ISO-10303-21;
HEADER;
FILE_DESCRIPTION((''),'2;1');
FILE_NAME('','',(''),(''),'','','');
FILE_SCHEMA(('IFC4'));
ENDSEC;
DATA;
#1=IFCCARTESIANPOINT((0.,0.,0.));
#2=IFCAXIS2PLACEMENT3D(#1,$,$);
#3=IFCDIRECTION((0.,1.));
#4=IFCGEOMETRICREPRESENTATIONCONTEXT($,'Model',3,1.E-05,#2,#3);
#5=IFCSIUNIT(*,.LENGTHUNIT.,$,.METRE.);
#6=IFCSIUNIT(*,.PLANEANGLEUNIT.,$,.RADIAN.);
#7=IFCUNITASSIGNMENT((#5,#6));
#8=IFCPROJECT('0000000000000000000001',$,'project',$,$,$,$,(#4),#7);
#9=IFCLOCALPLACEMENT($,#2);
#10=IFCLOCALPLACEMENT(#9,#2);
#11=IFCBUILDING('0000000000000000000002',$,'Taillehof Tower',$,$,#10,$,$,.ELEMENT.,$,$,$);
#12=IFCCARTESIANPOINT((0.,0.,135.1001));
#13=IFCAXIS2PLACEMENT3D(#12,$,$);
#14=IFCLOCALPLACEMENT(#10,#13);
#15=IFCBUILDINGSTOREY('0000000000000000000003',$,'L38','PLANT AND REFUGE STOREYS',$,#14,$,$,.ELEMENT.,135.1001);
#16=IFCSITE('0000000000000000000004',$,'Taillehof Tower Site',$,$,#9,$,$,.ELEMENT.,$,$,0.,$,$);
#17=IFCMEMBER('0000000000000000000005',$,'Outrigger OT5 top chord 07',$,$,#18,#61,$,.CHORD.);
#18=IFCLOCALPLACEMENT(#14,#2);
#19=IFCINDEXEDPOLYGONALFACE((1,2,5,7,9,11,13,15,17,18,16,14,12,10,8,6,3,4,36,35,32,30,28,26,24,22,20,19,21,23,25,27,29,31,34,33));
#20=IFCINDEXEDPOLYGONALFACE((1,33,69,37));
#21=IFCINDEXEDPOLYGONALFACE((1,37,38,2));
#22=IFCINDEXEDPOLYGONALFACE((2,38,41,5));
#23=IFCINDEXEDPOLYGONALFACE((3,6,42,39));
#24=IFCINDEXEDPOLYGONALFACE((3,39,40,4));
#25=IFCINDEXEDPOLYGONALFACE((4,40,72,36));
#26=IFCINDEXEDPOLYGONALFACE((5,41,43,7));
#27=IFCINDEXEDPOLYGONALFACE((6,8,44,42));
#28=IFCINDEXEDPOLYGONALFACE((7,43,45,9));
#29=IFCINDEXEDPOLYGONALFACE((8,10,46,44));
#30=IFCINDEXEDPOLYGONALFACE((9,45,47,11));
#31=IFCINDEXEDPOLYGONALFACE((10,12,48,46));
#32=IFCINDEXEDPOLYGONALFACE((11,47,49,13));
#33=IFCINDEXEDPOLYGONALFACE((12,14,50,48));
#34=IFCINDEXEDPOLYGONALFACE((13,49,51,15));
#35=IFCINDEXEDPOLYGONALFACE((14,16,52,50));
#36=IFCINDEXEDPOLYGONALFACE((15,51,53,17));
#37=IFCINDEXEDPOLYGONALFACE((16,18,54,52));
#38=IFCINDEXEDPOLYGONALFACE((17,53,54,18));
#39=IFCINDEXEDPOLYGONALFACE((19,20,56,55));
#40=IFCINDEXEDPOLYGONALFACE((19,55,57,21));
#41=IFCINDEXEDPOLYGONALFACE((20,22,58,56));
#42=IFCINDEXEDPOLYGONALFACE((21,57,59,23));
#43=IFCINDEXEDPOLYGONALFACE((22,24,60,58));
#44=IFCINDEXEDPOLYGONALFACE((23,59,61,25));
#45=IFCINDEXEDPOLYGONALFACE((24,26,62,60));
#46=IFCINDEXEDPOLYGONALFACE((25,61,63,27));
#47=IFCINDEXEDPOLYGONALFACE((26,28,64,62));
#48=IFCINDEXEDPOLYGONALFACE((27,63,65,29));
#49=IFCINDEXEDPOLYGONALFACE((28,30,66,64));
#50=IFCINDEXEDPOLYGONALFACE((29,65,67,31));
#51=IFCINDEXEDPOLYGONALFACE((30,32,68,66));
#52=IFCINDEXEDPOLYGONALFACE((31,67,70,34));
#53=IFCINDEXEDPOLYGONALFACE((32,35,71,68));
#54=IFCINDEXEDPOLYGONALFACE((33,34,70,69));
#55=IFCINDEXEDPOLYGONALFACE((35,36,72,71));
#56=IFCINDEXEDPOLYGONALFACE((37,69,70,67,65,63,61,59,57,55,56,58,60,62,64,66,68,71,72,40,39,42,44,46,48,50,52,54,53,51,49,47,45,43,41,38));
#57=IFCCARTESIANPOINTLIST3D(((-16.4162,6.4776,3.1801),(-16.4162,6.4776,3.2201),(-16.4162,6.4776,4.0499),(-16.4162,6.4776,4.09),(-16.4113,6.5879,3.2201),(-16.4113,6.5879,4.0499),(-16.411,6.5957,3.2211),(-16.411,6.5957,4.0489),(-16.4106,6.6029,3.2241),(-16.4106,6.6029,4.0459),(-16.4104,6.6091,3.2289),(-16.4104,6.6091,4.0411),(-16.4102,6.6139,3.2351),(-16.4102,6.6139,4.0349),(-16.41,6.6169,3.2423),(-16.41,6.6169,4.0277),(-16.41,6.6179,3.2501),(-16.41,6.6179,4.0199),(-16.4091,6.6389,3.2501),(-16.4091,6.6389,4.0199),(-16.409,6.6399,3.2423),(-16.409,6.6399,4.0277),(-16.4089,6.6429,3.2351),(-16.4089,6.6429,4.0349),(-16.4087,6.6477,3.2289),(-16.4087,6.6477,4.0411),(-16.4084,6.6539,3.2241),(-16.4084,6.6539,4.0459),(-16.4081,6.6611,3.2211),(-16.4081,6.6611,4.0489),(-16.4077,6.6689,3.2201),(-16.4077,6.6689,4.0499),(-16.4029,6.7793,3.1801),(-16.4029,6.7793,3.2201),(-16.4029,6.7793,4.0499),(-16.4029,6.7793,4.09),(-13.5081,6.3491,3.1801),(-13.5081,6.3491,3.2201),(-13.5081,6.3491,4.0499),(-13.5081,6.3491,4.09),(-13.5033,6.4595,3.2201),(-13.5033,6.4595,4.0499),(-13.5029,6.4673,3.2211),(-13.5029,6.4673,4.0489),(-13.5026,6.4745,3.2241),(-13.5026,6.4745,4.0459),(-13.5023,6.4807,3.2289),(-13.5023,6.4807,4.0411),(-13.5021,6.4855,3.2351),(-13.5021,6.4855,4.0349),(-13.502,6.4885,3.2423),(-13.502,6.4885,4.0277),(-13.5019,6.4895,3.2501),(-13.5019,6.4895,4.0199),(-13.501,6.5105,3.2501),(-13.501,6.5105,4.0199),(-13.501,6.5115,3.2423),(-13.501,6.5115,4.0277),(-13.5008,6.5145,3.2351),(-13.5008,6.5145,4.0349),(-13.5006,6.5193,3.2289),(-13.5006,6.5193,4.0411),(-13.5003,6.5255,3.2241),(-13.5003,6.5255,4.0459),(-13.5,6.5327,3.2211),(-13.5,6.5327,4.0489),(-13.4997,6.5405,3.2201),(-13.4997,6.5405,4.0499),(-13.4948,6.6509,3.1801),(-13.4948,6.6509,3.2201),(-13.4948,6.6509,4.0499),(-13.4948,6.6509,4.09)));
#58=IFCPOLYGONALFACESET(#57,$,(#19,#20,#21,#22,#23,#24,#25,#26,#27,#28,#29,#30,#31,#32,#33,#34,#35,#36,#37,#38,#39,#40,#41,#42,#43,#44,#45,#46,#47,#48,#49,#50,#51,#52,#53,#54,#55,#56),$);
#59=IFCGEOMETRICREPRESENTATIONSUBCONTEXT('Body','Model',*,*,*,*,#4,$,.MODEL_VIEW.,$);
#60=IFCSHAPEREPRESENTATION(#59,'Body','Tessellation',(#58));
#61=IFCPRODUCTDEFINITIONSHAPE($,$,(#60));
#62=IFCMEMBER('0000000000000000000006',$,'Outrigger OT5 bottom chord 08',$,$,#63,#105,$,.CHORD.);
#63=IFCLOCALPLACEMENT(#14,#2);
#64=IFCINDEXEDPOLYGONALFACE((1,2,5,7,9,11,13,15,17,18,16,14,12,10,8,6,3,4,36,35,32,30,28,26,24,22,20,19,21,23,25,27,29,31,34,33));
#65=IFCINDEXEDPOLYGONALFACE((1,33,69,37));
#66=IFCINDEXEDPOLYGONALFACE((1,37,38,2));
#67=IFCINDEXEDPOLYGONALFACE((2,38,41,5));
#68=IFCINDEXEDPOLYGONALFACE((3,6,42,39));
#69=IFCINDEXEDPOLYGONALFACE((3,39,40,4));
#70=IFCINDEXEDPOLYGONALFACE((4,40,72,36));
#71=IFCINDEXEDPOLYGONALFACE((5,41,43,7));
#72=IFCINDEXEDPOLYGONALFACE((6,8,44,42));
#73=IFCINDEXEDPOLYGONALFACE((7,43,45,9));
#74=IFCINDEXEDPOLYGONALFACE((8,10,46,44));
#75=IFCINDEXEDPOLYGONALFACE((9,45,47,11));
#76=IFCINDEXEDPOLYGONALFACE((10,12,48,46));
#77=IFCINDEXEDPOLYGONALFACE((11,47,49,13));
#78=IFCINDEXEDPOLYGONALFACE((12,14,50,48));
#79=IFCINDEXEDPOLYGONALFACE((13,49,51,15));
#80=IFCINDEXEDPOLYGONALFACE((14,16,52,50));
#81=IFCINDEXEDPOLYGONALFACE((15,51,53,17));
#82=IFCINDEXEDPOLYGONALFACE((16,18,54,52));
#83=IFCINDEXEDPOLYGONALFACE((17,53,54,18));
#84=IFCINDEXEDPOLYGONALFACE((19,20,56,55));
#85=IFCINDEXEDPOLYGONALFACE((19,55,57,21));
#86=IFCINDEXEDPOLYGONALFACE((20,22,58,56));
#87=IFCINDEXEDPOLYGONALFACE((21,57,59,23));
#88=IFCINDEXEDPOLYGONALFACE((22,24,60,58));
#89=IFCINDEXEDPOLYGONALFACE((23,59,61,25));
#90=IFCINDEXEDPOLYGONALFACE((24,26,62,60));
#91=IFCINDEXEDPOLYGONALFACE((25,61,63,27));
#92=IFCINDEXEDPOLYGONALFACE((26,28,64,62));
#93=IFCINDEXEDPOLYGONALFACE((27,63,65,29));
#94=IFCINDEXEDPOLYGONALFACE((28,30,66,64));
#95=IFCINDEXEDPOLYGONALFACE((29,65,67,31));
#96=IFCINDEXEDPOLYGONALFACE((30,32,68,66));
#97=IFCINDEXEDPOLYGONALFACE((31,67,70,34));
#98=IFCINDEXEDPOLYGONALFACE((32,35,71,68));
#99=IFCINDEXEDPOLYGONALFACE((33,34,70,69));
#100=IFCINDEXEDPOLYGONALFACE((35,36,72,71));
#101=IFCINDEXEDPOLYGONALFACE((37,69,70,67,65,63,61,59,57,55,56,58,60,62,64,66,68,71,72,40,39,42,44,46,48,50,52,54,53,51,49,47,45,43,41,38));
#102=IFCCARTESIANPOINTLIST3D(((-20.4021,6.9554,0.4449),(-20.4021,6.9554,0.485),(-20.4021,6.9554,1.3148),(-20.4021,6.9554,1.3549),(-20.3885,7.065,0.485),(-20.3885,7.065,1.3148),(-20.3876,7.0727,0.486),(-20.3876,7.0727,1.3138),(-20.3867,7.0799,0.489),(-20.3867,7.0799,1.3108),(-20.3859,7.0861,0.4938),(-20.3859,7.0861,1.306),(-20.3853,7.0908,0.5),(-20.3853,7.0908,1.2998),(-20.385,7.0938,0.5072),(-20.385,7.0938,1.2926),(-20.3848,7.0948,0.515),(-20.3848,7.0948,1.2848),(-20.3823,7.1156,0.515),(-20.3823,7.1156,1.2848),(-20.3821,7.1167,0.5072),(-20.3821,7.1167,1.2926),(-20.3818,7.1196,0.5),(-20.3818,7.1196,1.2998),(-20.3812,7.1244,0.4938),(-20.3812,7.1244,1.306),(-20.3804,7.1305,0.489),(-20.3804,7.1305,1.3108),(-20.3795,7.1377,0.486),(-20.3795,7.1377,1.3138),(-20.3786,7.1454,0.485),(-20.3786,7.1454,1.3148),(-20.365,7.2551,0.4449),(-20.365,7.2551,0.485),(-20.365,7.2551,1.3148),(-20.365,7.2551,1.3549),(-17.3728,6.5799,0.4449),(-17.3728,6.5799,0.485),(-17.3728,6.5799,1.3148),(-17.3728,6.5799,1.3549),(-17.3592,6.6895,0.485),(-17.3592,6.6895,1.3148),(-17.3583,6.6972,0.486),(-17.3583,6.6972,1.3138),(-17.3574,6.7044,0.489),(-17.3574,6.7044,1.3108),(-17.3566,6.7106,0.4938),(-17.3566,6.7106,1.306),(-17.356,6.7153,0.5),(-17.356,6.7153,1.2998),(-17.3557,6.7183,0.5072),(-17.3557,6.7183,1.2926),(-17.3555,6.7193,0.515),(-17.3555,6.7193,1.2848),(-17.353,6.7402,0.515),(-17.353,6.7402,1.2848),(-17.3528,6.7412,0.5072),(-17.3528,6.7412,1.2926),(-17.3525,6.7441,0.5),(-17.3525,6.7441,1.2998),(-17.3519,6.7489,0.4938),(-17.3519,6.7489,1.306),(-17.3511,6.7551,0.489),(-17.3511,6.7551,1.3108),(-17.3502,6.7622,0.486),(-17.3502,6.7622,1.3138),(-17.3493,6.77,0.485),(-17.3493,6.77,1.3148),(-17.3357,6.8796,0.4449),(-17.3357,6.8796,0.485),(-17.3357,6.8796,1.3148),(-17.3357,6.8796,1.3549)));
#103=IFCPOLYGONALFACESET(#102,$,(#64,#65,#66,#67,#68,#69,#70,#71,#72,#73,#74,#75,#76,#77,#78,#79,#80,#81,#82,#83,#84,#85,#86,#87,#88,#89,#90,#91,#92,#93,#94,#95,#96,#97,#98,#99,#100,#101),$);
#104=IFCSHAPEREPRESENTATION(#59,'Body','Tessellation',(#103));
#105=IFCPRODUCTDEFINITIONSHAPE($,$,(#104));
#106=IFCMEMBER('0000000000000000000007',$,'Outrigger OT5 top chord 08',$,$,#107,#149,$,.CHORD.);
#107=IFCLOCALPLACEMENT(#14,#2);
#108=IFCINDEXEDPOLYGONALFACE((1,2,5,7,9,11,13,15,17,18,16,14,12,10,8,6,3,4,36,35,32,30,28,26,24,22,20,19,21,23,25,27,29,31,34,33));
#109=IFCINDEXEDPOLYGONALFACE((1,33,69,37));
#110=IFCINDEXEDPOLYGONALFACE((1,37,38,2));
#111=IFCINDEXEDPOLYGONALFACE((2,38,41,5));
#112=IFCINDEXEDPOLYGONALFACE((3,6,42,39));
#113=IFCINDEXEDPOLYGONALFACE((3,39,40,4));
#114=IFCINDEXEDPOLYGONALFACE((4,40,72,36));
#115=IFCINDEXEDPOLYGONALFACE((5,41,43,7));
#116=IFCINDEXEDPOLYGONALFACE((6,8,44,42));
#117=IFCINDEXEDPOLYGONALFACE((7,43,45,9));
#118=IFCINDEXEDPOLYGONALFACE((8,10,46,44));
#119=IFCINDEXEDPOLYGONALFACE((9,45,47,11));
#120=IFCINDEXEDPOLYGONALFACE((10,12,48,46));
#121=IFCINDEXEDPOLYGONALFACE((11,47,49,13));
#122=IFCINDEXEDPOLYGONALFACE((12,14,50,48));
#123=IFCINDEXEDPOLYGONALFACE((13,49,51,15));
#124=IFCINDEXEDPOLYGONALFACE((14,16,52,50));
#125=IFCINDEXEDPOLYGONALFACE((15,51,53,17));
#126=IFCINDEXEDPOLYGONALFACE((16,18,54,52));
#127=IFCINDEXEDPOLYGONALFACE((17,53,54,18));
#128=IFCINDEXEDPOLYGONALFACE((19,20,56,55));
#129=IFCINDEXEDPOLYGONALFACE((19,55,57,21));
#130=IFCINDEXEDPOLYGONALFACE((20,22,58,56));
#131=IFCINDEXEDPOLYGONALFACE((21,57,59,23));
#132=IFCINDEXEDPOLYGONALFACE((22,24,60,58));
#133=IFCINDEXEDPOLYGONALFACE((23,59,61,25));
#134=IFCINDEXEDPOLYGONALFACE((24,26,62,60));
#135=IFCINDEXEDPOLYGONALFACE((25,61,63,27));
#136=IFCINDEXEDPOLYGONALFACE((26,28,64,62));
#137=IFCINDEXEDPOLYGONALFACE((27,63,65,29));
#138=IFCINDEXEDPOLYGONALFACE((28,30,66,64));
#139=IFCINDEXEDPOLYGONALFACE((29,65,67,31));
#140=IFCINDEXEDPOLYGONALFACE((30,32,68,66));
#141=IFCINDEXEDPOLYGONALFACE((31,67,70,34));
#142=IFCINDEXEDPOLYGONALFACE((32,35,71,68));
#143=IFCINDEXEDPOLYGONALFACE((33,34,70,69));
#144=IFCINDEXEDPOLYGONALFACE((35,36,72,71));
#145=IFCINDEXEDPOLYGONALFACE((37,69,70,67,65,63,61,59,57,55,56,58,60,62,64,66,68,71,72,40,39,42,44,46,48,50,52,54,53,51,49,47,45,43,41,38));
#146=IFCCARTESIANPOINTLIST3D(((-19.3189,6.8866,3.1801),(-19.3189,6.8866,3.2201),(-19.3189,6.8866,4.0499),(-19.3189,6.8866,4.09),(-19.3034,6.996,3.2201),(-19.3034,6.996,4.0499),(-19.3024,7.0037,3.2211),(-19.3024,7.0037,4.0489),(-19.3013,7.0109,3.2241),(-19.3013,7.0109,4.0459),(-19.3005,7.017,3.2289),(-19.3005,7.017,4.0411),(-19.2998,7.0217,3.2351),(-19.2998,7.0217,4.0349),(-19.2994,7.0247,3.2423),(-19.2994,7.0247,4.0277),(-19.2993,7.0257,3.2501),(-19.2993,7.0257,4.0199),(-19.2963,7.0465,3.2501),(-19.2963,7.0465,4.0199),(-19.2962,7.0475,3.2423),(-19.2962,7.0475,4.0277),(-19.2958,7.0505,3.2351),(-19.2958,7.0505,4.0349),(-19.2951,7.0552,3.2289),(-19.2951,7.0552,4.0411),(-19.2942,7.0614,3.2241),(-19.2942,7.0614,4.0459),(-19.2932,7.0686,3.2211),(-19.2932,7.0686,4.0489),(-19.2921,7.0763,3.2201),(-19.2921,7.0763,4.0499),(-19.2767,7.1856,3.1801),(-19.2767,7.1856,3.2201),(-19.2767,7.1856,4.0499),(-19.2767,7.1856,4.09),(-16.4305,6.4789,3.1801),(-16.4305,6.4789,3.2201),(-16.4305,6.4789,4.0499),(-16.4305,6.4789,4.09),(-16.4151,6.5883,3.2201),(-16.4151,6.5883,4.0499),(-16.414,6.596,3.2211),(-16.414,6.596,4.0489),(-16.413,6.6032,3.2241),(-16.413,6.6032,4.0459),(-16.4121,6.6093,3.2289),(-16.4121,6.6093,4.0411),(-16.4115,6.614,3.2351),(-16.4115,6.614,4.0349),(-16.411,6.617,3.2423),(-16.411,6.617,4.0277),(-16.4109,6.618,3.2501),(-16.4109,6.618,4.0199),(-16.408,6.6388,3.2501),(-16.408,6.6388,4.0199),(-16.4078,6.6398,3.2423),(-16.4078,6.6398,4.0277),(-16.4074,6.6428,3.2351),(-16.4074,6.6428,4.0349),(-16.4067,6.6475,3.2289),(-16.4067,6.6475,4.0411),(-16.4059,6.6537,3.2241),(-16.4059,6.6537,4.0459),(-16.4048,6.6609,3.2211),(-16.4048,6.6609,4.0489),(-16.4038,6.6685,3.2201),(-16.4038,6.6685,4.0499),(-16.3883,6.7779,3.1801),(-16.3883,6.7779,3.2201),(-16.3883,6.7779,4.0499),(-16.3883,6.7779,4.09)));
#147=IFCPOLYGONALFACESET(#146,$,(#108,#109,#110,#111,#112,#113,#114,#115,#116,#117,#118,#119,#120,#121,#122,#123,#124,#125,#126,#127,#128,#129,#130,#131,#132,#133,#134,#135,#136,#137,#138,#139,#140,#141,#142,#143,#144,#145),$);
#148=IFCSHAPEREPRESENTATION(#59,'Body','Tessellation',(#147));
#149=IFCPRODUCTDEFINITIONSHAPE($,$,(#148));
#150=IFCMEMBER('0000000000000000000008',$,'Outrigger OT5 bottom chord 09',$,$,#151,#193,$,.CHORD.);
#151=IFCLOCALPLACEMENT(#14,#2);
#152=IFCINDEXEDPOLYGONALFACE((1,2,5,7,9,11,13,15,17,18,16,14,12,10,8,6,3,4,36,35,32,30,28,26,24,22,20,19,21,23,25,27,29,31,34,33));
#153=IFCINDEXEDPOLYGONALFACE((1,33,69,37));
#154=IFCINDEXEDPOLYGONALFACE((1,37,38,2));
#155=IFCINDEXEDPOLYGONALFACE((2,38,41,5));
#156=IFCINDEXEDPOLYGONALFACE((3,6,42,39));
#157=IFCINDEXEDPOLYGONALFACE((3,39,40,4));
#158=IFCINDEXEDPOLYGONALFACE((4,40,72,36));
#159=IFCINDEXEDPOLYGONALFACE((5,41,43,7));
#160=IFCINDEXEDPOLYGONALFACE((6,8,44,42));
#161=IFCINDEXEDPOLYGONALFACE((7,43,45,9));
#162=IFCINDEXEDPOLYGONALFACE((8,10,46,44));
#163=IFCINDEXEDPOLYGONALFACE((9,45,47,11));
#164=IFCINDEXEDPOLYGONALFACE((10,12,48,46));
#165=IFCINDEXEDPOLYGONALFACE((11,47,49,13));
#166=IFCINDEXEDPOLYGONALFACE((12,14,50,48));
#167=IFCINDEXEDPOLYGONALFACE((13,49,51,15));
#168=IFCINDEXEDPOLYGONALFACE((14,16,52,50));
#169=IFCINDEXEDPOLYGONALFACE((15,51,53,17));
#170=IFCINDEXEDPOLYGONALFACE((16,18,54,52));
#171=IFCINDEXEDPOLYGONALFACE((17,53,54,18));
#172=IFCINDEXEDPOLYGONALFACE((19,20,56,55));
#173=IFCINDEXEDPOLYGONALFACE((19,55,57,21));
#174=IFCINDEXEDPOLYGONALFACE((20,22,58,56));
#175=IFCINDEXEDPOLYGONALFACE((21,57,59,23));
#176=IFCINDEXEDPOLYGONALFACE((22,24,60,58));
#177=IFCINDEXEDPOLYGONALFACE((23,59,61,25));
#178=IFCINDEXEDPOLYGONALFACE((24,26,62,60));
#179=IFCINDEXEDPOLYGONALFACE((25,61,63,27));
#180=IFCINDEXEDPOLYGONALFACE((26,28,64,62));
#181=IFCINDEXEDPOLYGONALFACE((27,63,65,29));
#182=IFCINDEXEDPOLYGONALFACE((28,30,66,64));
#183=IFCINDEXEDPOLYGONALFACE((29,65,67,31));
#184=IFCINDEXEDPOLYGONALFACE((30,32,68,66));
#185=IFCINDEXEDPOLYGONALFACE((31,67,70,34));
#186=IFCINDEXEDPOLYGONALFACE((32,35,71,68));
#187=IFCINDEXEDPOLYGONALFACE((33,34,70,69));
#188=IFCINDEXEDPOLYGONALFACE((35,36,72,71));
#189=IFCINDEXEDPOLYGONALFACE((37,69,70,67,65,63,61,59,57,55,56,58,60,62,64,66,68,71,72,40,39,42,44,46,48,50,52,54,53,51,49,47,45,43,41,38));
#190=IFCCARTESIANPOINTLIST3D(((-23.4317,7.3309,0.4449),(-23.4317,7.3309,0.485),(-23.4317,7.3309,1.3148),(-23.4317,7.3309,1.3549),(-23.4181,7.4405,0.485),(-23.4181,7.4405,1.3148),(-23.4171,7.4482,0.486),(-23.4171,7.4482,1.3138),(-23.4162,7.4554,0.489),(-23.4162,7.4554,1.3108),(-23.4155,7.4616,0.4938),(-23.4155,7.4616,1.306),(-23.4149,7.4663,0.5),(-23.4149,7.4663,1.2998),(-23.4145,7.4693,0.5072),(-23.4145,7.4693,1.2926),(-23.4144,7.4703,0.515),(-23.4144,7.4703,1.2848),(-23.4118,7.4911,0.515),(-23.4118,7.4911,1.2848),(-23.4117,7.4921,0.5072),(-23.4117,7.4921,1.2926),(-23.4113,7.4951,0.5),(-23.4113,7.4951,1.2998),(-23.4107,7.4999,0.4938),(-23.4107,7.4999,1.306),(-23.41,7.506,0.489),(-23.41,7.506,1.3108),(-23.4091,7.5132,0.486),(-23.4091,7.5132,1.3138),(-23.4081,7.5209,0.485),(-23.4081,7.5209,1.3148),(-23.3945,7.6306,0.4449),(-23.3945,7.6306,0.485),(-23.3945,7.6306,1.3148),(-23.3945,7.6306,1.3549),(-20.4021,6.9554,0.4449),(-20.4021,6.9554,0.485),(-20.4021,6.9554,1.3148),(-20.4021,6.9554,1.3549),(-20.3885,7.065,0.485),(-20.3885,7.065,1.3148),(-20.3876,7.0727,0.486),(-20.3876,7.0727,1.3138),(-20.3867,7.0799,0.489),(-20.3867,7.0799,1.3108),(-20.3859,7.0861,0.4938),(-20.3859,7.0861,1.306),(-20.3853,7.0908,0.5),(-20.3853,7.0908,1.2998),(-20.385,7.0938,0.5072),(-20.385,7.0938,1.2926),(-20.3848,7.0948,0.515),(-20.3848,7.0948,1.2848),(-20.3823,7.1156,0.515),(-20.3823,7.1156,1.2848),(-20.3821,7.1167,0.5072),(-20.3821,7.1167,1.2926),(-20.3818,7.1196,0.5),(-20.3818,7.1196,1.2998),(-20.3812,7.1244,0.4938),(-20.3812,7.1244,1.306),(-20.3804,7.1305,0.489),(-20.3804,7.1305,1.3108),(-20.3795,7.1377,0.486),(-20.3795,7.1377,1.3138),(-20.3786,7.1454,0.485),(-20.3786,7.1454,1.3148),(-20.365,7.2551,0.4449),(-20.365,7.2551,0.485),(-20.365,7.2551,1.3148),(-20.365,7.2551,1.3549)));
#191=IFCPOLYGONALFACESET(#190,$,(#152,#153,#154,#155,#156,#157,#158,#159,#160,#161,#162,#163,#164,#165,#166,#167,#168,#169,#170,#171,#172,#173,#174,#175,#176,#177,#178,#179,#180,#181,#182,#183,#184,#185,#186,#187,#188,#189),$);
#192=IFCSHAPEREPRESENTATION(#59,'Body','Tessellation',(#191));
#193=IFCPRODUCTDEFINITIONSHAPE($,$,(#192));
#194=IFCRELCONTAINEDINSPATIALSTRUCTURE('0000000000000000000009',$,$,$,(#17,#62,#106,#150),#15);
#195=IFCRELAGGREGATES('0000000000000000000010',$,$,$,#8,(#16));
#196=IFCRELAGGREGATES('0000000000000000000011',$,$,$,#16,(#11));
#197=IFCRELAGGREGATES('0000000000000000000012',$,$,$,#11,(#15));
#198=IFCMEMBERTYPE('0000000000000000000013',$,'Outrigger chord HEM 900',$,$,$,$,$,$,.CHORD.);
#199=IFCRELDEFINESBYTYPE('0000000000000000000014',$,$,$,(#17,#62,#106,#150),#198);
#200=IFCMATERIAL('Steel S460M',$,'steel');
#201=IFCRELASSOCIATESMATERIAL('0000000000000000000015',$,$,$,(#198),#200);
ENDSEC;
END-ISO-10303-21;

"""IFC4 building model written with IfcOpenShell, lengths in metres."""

from ifc_helpers import new_model, si_unit, direction, frame, origin, origin_2d, place, context, subcontext, project, spatial, i_section, extrude, material, material_profile, profile_set, type_object, element, save


model = new_model("IFC4")

# Units and contexts
model_context = context("Model", 3, precision=1e-05, world=origin(), true_north=direction((0.0, 1.0)))
body_context = subcontext(model_context, "Body", "Model", "MODEL_VIEW")
ifc_project = project(units=[si_unit("LENGTHUNIT", "METRE"), si_unit("PLANEANGLEUNIT", "RADIAN")], contexts=[model_context])

# Site, building, storey
site_placement = place(None, origin())
site = spatial("IfcSite", under=ifc_project, at=site_placement, Name="Taillehof Tower Site", CompositionType="ELEMENT", RefElevation=0.0)
building_placement = place(site_placement, origin())
building = spatial("IfcBuilding", under=site, at=building_placement, Name="Taillehof Tower", CompositionType="ELEMENT")
storey_placement = place(building_placement, frame((0.0, 0.0, 135.1001)))
storey = spatial("IfcBuildingStorey", under=building, at=storey_placement, Name="L38", Description="PLANT AND REFUGE STOREYS", CompositionType="ELEMENT", Elevation=135.1001)

# Members
ifc_material_1 = material(Name="Steel S460M", Category="steel")
ifc_material_profile_1 = material_profile(ifc_material_1, i_section(OverallWidth=0.302, OverallDepth=0.9099, WebThickness=0.021, FlangeThickness=0.04, FilletRadius=0.03, at=origin_2d()), Name="HEM 900")
ifc_profile_set_1 = profile_set([ifc_material_profile_1], Name="Steel S460M")
member_type_1 = type_object("IfcMemberType", Name="Outrigger chord HEM 900", PredefinedType="CHORD", material=ifc_profile_set_1)
member_1_placement = place(storey_placement, frame((-13.5015, 6.5, 3.635), z_axis=(-0.999026, 0.044118, 0.0), x_axis=(-0.044118, -0.999026, 0.0)))
element("IfcMember", 1, at=member_1_placement, inside=storey, type_object=member_type_1, Name="Outrigger OT5 top chord 07", PredefinedType="CHORD", context=body_context, shape_type="SweptSolid", body=[
    extrude(i_section(OverallWidth=0.302, OverallDepth=0.9099, WebThickness=0.021, FlangeThickness=0.04, FilletRadius=0.03, at=origin_2d()), origin(), (0.0, 0.0, 1.0), 2.9109),
])
member_2_placement = place(storey_placement, frame((-17.3542, 6.7297, 0.8999), z_axis=(-0.992405, 0.123011, 0.0), x_axis=(-0.123011, -0.992405, 0.0)))
element("IfcMember", 2, at=member_2_placement, inside=storey, type_object=member_type_1, Name="Outrigger OT5 bottom chord 08", PredefinedType="CHORD", context=body_context, shape_type="SweptSolid", body=[
    extrude(i_section(OverallWidth=0.302, OverallDepth=0.9099, WebThickness=0.021, FlangeThickness=0.04, FilletRadius=0.03, at=origin_2d()), origin(), (0.0, 0.0, 1.0), 3.0525),
])
member_3_placement = place(storey_placement, frame((-16.4094, 6.6284, 3.635), z_axis=(-0.990184, 0.139769, 0.0), x_axis=(-0.139769, -0.990184, 0.0)))
element("IfcMember", 3, at=member_3_placement, inside=storey, type_object=member_type_1, Name="Outrigger OT5 top chord 08", PredefinedType="CHORD", context=body_context, shape_type="SweptSolid", body=[
    extrude(i_section(OverallWidth=0.302, OverallDepth=0.9099, WebThickness=0.021, FlangeThickness=0.04, FilletRadius=0.03, at=origin_2d()), origin(), (0.0, 0.0, 1.0), 2.917),
])
member_4_placement = place(storey_placement, frame((-20.3835, 7.1052, 0.8999), z_axis=(-0.992407, 0.123001, 0.0), x_axis=(-0.123001, -0.992407, 0.0)))
element("IfcMember", 4, at=member_4_placement, inside=storey, type_object=member_type_1, Name="Outrigger OT5 bottom chord 09", PredefinedType="CHORD", context=body_context, shape_type="SweptSolid", body=[
    extrude(i_section(OverallWidth=0.302, OverallDepth=0.9099, WebThickness=0.021, FlangeThickness=0.04, FilletRadius=0.03, at=origin_2d()), origin(), (0.0, 0.0, 1.0), 3.0527),
])

save(model, "model.ifc")
